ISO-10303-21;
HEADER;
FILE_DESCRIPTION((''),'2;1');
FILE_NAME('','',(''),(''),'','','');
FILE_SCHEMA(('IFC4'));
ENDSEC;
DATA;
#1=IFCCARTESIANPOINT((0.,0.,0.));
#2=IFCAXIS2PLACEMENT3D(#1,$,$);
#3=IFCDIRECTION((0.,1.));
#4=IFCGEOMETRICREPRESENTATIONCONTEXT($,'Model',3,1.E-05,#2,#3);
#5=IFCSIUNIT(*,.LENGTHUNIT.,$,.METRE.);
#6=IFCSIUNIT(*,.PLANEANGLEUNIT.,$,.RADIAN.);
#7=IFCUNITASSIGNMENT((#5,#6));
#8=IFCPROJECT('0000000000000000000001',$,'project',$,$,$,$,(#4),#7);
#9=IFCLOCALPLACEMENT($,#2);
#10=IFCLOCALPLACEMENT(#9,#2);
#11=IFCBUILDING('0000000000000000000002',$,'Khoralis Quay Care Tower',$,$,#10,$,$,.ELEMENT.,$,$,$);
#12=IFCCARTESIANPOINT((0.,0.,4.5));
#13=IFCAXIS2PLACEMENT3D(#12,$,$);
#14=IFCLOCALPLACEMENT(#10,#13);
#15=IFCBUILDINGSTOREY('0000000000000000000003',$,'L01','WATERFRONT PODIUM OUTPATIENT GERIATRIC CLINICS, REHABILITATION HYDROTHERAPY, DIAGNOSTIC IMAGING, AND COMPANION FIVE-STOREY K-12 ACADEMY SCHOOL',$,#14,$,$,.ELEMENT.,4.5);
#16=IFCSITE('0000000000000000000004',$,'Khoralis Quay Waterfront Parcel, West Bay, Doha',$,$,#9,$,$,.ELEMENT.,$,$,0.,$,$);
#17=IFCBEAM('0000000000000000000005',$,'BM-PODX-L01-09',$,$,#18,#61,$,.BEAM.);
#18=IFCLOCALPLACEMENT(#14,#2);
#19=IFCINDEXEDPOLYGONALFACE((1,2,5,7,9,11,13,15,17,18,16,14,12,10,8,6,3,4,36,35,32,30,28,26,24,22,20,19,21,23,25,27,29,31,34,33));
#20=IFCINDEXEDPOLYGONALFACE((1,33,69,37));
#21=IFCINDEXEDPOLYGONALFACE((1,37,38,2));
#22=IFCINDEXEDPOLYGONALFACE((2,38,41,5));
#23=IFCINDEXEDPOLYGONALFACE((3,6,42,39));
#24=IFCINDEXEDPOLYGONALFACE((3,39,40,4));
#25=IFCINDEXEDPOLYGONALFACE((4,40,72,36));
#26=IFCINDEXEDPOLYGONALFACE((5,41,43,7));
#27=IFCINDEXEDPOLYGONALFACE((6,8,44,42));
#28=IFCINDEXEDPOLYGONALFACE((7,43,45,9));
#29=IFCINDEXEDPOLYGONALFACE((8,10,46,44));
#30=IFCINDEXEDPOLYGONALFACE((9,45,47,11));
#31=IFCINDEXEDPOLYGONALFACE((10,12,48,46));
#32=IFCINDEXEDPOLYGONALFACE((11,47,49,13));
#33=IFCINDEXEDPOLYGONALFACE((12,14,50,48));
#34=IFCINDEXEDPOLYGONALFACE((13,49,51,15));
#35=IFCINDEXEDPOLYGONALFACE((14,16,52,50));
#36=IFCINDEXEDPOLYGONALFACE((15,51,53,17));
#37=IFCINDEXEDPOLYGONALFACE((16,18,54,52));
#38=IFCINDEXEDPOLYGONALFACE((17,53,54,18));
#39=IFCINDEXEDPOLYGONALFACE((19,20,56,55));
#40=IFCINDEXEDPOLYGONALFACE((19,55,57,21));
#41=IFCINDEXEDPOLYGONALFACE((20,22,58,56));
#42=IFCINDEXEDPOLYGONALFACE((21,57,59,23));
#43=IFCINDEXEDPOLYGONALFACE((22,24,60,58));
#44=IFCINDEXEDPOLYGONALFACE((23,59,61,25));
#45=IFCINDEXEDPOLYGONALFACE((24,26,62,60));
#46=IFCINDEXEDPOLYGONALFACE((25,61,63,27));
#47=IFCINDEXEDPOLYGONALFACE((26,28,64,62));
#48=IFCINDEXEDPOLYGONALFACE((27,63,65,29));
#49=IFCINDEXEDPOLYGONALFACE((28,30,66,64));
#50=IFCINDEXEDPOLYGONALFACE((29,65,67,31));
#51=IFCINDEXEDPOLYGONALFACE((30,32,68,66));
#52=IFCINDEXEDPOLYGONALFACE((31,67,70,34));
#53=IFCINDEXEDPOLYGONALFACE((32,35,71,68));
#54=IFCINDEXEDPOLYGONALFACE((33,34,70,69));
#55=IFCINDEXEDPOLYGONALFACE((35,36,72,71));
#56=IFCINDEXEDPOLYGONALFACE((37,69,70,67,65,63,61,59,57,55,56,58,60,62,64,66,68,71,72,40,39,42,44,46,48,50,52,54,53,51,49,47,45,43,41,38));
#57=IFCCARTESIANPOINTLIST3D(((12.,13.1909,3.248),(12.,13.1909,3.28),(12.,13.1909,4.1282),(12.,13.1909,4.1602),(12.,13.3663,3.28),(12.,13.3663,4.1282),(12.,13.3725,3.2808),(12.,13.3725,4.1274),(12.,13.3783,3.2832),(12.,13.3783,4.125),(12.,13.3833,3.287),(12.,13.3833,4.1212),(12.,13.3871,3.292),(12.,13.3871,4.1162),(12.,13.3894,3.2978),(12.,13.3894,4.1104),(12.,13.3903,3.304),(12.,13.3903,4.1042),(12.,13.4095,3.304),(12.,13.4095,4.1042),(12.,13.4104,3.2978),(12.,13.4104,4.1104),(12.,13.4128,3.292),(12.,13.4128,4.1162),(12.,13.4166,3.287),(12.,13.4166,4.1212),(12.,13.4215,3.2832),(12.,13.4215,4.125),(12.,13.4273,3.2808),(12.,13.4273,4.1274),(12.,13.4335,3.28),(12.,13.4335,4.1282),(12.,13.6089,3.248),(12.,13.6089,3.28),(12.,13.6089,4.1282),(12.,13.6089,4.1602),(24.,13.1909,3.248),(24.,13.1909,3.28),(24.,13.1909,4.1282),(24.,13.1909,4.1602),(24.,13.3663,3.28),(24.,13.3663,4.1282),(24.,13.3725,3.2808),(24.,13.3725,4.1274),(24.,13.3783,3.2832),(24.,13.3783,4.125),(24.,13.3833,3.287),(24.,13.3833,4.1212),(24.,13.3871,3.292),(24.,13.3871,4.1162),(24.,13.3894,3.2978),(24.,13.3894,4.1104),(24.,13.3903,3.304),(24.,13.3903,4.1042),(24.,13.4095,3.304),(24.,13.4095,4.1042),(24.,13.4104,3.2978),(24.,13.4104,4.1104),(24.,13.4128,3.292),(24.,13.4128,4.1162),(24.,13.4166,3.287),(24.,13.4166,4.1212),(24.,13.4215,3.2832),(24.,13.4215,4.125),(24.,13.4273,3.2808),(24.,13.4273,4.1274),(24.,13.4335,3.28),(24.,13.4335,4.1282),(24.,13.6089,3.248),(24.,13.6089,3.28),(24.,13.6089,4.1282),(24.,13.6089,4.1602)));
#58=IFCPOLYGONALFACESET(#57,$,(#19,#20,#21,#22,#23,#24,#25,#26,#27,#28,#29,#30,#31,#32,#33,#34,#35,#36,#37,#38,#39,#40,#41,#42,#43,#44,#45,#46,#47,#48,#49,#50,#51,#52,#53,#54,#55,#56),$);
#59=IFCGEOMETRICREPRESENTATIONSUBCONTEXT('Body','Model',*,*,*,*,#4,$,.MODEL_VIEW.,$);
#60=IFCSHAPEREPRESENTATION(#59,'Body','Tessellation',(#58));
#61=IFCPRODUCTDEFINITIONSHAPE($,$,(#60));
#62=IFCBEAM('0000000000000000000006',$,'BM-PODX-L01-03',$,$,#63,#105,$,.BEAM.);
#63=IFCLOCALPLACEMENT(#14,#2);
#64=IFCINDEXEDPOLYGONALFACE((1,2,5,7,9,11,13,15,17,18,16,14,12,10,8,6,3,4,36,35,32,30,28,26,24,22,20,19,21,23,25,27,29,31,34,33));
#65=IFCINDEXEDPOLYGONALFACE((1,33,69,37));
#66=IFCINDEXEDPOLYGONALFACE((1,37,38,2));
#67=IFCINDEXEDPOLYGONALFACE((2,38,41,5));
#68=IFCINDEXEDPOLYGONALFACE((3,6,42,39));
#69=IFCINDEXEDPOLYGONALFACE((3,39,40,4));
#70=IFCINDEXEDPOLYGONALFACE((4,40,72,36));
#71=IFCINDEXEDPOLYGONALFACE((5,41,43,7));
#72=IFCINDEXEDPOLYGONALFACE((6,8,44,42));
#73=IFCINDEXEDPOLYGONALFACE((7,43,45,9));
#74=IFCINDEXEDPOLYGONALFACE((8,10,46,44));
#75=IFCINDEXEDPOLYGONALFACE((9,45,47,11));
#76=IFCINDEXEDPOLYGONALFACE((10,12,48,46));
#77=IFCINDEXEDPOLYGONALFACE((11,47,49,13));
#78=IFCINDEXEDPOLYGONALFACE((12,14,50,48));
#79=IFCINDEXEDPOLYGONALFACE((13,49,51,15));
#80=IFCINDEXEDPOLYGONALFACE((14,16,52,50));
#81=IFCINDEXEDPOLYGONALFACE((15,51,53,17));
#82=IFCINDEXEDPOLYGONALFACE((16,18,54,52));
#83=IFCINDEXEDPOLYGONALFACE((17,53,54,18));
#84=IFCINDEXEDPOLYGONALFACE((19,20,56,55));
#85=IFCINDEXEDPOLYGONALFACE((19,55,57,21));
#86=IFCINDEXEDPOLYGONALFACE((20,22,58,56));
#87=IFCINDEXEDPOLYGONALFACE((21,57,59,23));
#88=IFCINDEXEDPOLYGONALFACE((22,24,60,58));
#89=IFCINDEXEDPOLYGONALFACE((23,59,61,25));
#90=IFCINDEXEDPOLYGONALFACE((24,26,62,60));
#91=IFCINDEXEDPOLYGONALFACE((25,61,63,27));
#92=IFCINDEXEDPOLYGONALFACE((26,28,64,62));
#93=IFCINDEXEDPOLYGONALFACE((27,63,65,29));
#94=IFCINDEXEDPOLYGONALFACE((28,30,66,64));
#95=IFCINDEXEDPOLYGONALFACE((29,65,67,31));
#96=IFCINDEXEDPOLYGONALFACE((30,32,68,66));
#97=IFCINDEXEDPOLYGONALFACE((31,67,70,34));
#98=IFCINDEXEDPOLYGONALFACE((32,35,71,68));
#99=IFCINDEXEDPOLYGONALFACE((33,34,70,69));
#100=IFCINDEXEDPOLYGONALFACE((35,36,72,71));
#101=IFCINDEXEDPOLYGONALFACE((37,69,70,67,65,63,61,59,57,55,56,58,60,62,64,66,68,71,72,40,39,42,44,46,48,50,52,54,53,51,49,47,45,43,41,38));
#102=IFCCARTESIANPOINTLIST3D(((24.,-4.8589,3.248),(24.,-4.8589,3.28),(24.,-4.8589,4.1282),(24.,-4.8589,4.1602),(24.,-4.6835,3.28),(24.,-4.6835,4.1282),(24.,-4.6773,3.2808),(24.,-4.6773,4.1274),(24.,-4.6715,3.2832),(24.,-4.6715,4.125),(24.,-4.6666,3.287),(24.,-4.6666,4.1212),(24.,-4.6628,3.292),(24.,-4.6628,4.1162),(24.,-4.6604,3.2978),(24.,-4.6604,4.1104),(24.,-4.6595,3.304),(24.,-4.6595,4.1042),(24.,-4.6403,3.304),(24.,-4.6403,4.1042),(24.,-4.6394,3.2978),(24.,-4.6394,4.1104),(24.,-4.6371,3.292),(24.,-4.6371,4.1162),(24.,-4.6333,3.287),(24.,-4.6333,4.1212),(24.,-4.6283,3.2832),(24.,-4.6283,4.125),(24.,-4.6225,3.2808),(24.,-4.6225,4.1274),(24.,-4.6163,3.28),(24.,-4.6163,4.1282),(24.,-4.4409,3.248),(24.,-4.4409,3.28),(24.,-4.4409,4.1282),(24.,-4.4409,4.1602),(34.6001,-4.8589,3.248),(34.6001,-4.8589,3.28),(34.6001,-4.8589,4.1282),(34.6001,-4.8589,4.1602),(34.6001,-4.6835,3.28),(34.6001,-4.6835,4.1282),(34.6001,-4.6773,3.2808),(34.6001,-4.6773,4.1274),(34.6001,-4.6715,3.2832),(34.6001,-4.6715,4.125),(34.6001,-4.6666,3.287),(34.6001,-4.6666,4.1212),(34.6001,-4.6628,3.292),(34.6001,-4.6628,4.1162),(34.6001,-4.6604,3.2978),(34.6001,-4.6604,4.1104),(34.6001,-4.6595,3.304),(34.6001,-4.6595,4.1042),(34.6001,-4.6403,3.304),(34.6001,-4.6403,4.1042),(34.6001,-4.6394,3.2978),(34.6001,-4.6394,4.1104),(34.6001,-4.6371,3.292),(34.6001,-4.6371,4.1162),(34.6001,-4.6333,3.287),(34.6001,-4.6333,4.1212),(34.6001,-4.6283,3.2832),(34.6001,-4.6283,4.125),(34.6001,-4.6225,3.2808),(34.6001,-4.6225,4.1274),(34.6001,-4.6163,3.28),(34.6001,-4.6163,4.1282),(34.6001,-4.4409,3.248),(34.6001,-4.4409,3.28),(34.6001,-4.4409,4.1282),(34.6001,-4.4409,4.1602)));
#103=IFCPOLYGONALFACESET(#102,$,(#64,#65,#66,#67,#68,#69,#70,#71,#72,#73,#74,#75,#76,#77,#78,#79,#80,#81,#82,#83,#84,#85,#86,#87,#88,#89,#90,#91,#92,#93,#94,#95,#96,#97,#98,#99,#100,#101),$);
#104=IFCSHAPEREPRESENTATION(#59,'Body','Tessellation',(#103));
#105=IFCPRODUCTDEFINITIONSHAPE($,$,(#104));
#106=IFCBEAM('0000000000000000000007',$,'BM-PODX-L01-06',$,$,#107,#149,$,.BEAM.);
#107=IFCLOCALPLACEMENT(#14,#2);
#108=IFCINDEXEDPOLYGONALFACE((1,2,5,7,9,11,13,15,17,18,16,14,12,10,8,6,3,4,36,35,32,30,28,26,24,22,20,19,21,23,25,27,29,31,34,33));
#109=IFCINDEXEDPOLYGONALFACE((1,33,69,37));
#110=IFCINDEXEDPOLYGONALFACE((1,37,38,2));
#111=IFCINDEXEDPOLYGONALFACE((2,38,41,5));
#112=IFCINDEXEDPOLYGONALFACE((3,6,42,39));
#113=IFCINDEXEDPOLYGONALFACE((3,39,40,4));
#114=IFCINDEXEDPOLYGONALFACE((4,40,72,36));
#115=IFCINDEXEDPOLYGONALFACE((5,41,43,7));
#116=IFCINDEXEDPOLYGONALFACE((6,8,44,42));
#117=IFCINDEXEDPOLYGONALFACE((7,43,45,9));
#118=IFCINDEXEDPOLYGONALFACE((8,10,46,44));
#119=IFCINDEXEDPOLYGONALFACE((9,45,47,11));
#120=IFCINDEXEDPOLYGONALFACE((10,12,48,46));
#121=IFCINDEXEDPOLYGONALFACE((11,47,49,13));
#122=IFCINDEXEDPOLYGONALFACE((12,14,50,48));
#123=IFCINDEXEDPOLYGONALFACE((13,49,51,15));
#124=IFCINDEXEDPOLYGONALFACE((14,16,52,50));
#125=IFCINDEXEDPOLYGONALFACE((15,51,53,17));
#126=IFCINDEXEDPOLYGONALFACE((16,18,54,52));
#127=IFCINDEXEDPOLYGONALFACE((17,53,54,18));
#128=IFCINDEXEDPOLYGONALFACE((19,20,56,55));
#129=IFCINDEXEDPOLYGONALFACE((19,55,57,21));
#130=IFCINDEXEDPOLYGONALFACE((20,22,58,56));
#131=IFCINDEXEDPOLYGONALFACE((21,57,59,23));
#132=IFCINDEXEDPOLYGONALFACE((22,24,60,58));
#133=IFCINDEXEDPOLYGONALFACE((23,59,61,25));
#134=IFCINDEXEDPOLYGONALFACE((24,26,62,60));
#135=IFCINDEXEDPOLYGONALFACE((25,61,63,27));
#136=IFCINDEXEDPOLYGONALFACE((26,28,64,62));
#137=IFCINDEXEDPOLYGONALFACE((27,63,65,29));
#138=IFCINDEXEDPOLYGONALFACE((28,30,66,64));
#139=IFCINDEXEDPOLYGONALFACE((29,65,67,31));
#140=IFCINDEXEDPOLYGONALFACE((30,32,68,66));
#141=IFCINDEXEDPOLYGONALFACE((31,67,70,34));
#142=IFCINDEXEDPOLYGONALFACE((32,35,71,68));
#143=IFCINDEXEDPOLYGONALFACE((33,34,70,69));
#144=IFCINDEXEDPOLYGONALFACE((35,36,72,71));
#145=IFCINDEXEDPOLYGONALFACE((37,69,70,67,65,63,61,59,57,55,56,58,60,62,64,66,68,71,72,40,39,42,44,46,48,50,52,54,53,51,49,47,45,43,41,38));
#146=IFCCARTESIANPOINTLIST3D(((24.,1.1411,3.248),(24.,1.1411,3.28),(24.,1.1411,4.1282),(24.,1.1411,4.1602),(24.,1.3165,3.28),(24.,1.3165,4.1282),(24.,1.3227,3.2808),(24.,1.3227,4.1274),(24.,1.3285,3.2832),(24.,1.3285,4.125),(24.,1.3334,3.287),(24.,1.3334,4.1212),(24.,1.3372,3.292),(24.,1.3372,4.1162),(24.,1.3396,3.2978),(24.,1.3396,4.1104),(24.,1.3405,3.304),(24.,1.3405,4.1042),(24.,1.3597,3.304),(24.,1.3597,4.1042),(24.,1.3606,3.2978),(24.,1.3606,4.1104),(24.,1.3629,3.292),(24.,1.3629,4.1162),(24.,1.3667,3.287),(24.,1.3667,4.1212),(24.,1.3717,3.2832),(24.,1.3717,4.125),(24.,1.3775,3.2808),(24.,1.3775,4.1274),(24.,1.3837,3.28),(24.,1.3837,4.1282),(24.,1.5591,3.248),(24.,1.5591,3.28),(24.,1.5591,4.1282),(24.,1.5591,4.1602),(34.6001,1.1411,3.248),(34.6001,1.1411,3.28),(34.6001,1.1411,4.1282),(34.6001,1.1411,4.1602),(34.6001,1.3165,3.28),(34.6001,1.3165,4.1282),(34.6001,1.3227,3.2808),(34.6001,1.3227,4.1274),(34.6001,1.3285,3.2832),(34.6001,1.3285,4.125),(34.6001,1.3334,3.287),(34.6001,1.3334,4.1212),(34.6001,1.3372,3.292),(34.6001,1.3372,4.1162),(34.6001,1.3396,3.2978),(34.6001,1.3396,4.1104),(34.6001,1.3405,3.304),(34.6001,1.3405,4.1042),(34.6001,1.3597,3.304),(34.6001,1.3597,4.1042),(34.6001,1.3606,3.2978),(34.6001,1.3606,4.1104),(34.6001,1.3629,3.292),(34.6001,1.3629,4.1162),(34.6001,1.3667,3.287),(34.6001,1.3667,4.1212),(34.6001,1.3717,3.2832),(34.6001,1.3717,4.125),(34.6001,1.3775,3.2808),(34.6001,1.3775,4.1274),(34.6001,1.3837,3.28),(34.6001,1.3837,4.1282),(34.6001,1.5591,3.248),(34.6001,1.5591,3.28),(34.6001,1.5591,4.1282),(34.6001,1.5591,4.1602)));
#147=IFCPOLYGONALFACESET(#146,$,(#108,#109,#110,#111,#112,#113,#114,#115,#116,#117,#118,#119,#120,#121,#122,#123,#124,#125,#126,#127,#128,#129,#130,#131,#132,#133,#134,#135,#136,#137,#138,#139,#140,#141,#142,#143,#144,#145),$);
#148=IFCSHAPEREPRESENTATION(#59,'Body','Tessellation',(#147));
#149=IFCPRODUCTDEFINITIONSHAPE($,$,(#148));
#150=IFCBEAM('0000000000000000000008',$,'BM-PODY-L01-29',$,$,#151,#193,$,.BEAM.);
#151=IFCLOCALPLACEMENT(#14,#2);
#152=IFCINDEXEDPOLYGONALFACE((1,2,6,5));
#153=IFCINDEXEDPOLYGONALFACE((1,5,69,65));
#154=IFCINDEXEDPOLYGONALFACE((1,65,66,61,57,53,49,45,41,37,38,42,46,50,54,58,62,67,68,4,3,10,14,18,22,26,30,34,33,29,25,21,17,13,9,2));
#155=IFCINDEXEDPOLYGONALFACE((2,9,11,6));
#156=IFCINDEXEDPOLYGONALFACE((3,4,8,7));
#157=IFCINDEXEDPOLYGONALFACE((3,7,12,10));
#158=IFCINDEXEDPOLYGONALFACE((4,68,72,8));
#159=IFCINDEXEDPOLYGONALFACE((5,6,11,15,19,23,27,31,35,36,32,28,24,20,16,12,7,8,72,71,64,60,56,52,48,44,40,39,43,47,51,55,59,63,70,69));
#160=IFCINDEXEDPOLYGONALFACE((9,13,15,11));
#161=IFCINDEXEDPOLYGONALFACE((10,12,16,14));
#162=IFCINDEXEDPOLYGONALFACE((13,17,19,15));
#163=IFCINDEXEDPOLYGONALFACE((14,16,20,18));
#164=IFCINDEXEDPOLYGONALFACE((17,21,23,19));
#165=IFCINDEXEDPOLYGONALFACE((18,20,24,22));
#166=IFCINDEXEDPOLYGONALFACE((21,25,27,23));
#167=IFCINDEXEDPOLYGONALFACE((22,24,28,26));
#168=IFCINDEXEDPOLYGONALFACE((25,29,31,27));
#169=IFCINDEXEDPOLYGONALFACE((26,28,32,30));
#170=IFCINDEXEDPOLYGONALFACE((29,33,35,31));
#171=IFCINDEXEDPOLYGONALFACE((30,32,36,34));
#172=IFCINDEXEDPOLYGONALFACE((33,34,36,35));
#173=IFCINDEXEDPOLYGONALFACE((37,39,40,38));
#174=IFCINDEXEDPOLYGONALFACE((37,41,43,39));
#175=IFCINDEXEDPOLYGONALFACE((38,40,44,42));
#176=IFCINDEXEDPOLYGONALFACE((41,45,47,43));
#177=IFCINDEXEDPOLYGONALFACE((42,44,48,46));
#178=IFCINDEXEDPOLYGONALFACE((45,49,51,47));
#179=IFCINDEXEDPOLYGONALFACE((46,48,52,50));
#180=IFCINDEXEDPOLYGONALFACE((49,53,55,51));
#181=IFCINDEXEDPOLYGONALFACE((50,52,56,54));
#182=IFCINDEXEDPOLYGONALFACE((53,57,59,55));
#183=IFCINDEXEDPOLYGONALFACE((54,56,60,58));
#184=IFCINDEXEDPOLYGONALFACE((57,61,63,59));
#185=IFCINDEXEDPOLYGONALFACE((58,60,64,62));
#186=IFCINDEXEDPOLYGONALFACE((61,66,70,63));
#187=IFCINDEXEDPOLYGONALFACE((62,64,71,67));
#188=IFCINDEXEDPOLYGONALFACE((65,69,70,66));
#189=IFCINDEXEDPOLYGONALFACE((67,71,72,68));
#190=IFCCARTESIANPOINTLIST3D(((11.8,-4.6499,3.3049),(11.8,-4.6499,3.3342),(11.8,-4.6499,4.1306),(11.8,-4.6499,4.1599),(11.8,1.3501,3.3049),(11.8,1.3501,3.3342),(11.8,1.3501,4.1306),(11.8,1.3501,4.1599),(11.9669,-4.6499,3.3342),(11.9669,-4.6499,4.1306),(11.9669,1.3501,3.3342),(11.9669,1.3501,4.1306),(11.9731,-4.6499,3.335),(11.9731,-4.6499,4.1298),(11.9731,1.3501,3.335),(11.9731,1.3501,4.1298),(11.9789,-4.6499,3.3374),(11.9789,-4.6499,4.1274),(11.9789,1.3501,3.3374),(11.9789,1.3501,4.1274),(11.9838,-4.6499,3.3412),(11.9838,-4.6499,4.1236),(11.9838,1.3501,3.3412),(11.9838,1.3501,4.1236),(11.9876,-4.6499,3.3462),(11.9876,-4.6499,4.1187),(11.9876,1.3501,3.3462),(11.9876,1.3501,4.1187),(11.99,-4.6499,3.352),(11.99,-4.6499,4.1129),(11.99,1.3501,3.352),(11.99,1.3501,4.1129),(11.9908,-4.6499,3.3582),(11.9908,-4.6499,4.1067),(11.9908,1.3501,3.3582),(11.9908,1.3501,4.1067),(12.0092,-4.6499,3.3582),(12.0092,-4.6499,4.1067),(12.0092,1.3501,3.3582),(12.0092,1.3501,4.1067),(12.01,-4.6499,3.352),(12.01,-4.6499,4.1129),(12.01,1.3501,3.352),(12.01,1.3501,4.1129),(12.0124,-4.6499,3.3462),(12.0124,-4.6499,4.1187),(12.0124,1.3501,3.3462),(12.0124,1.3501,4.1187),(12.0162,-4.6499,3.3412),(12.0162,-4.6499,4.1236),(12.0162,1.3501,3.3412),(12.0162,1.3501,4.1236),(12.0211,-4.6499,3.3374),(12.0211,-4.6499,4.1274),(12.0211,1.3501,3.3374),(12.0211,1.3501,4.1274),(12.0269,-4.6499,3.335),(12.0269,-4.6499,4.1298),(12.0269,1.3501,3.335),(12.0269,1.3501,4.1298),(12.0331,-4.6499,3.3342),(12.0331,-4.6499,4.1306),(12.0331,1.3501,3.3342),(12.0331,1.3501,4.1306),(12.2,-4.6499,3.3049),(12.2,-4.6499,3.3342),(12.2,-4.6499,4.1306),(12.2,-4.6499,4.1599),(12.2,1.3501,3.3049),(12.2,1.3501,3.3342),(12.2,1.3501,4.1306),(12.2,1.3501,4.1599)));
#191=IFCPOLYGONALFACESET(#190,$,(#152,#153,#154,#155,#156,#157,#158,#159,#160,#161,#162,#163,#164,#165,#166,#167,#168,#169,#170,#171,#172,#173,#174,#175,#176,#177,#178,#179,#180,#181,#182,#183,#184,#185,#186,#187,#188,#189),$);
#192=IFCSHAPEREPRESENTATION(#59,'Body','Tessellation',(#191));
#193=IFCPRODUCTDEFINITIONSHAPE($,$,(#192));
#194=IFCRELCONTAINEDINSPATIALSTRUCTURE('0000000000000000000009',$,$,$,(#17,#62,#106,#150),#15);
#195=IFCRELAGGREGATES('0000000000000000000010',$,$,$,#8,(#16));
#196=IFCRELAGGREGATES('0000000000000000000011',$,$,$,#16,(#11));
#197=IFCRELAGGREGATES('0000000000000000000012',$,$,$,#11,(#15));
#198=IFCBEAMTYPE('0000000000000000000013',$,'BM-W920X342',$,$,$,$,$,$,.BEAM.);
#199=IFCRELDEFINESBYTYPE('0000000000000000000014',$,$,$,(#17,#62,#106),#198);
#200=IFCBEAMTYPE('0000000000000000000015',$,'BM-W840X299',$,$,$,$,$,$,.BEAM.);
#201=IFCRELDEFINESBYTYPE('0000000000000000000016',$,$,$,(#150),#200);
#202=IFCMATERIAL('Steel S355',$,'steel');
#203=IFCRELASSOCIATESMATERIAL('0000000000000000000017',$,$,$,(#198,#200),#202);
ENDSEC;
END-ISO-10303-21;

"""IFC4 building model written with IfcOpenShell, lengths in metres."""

from ifc_helpers import new_model, si_unit, direction, frame, origin, origin_2d, place, context, subcontext, project, spatial, i_section, extrude, source, transform, mapped, material, material_profile, profile_set, type_object, element, save


model = new_model("IFC4")

# Units and contexts
model_context = context("Model", 3, precision=1e-05, world=origin(), true_north=direction((0.0, 1.0)))
body_context = subcontext(model_context, "Body", "Model", "MODEL_VIEW")
ifc_project = project(units=[si_unit("LENGTHUNIT", "METRE"), si_unit("PLANEANGLEUNIT", "RADIAN")], contexts=[model_context])

# Site, building, storey
site_placement = place(None, origin())
site = spatial("IfcSite", under=ifc_project, at=site_placement, Name="Khoralis Quay Waterfront Parcel, West Bay, Doha", CompositionType="ELEMENT", RefElevation=0.0)
building_placement = place(site_placement, origin())
building = spatial("IfcBuilding", under=site, at=building_placement, Name="Khoralis Quay Care Tower", CompositionType="ELEMENT")
storey_placement = place(building_placement, frame((0.0, 0.0, 4.5)))
storey = spatial("IfcBuildingStorey", under=building, at=storey_placement, Name="L01", Description="WATERFRONT PODIUM OUTPATIENT GERIATRIC CLINICS, REHABILITATION HYDROTHERAPY, DIAGNOSTIC IMAGING, AND COMPANION FIVE-STOREY K-12 ACADEMY SCHOOL", CompositionType="ELEMENT", Elevation=4.5)

# Beams
ifc_material_1 = material(Name="Steel S355", Category="steel")
ifc_material_profile_1 = material_profile(ifc_material_1, i_section(OverallWidth=0.418, OverallDepth=0.9121, WebThickness=0.0193, FlangeThickness=0.032, FilletRadius=0.0239, at=origin_2d()), Name="Steel S355")
ifc_profile_set_1 = profile_set([ifc_material_profile_1], Name="Steel S355")
beam_type_1 = type_object("IfcBeamType", Name="BM-W920X342", PredefinedType="BEAM", material=ifc_profile_set_1)
shared_shape_1 = source(origin(), body_context, "Body", "SweptSolid", [
    extrude(i_section(OverallWidth=0.418, OverallDepth=0.9121, WebThickness=0.0193, FlangeThickness=0.032, FilletRadius=0.0239, at=origin_2d()), origin(), (0.0, 0.0, 1.0), 12.0),
])
for number, where, z_axis, x_axis, name in (
    (1, (12.0, 13.3999, 3.7041), (1.0, 0.0, 0.0), (0.0, 1.0, 0.0), "BM-PODX-L01-09"),
):
    element("IfcBeam", number, at=place(storey_placement, frame(where, z_axis=z_axis, x_axis=x_axis)), inside=storey, type_object=beam_type_1, Name=name, PredefinedType="BEAM", context=body_context, shape_type="MappedRepresentation", body=[
        mapped(shared_shape_1, transform((0.0, 0.0, 0.0), scale=1.0)),
    ])
shared_shape_2 = source(origin(), body_context, "Body", "SweptSolid", [
    extrude(i_section(OverallWidth=0.418, OverallDepth=0.9121, WebThickness=0.0193, FlangeThickness=0.032, FilletRadius=0.0239, at=origin_2d()), origin(), (0.0, 0.0, 1.0), 10.6001),
])
for number, where, z_axis, x_axis, name in (
    (2, (24.0, -4.6499, 3.7041), (1.0, 0.0, 0.0), (0.0, 1.0, 0.0), "BM-PODX-L01-03"),
    (3, (24.0, 1.3501, 3.7041), (1.0, 0.0, 0.0), (0.0, 1.0, 0.0), "BM-PODX-L01-06"),
):
    element("IfcBeam", number, at=place(storey_placement, frame(where, z_axis=z_axis, x_axis=x_axis)), inside=storey, type_object=beam_type_1, Name=name, PredefinedType="BEAM", context=body_context, shape_type="MappedRepresentation", body=[
        mapped(shared_shape_2, transform((0.0, 0.0, 0.0), scale=1.0)),
    ])
ifc_material_profile_2 = material_profile(ifc_material_1, i_section(OverallWidth=0.3999, OverallDepth=0.855, WebThickness=0.0183, FlangeThickness=0.0293, FilletRadius=0.0239, at=origin_2d()), Name="Steel S355")
ifc_profile_set_2 = profile_set([ifc_material_profile_2], Name="Steel S355")
beam_type_2 = type_object("IfcBeamType", Name="BM-W840X299", PredefinedType="BEAM", material=ifc_profile_set_2)
shared_shape_3 = source(origin(), body_context, "Body", "SweptSolid", [
    extrude(i_section(OverallWidth=0.3999, OverallDepth=0.855, WebThickness=0.0183, FlangeThickness=0.0293, FilletRadius=0.0239, at=origin_2d()), origin(), (0.0, 0.0, 1.0), 6.0),
])
for number, where, z_axis, x_axis, name in (
    (4, (12.0, -4.6499, 3.7324), (0.0, 1.0, 0.0), (-1.0, 0.0, 0.0), "BM-PODY-L01-29"),
):
    element("IfcBeam", number, at=place(storey_placement, frame(where, z_axis=z_axis, x_axis=x_axis)), inside=storey, type_object=beam_type_2, Name=name, PredefinedType="BEAM", context=body_context, shape_type="MappedRepresentation", body=[
        mapped(shared_shape_3, transform((0.0, 0.0, 0.0), scale=1.0)),
    ])

save(model, "model.ifc")
